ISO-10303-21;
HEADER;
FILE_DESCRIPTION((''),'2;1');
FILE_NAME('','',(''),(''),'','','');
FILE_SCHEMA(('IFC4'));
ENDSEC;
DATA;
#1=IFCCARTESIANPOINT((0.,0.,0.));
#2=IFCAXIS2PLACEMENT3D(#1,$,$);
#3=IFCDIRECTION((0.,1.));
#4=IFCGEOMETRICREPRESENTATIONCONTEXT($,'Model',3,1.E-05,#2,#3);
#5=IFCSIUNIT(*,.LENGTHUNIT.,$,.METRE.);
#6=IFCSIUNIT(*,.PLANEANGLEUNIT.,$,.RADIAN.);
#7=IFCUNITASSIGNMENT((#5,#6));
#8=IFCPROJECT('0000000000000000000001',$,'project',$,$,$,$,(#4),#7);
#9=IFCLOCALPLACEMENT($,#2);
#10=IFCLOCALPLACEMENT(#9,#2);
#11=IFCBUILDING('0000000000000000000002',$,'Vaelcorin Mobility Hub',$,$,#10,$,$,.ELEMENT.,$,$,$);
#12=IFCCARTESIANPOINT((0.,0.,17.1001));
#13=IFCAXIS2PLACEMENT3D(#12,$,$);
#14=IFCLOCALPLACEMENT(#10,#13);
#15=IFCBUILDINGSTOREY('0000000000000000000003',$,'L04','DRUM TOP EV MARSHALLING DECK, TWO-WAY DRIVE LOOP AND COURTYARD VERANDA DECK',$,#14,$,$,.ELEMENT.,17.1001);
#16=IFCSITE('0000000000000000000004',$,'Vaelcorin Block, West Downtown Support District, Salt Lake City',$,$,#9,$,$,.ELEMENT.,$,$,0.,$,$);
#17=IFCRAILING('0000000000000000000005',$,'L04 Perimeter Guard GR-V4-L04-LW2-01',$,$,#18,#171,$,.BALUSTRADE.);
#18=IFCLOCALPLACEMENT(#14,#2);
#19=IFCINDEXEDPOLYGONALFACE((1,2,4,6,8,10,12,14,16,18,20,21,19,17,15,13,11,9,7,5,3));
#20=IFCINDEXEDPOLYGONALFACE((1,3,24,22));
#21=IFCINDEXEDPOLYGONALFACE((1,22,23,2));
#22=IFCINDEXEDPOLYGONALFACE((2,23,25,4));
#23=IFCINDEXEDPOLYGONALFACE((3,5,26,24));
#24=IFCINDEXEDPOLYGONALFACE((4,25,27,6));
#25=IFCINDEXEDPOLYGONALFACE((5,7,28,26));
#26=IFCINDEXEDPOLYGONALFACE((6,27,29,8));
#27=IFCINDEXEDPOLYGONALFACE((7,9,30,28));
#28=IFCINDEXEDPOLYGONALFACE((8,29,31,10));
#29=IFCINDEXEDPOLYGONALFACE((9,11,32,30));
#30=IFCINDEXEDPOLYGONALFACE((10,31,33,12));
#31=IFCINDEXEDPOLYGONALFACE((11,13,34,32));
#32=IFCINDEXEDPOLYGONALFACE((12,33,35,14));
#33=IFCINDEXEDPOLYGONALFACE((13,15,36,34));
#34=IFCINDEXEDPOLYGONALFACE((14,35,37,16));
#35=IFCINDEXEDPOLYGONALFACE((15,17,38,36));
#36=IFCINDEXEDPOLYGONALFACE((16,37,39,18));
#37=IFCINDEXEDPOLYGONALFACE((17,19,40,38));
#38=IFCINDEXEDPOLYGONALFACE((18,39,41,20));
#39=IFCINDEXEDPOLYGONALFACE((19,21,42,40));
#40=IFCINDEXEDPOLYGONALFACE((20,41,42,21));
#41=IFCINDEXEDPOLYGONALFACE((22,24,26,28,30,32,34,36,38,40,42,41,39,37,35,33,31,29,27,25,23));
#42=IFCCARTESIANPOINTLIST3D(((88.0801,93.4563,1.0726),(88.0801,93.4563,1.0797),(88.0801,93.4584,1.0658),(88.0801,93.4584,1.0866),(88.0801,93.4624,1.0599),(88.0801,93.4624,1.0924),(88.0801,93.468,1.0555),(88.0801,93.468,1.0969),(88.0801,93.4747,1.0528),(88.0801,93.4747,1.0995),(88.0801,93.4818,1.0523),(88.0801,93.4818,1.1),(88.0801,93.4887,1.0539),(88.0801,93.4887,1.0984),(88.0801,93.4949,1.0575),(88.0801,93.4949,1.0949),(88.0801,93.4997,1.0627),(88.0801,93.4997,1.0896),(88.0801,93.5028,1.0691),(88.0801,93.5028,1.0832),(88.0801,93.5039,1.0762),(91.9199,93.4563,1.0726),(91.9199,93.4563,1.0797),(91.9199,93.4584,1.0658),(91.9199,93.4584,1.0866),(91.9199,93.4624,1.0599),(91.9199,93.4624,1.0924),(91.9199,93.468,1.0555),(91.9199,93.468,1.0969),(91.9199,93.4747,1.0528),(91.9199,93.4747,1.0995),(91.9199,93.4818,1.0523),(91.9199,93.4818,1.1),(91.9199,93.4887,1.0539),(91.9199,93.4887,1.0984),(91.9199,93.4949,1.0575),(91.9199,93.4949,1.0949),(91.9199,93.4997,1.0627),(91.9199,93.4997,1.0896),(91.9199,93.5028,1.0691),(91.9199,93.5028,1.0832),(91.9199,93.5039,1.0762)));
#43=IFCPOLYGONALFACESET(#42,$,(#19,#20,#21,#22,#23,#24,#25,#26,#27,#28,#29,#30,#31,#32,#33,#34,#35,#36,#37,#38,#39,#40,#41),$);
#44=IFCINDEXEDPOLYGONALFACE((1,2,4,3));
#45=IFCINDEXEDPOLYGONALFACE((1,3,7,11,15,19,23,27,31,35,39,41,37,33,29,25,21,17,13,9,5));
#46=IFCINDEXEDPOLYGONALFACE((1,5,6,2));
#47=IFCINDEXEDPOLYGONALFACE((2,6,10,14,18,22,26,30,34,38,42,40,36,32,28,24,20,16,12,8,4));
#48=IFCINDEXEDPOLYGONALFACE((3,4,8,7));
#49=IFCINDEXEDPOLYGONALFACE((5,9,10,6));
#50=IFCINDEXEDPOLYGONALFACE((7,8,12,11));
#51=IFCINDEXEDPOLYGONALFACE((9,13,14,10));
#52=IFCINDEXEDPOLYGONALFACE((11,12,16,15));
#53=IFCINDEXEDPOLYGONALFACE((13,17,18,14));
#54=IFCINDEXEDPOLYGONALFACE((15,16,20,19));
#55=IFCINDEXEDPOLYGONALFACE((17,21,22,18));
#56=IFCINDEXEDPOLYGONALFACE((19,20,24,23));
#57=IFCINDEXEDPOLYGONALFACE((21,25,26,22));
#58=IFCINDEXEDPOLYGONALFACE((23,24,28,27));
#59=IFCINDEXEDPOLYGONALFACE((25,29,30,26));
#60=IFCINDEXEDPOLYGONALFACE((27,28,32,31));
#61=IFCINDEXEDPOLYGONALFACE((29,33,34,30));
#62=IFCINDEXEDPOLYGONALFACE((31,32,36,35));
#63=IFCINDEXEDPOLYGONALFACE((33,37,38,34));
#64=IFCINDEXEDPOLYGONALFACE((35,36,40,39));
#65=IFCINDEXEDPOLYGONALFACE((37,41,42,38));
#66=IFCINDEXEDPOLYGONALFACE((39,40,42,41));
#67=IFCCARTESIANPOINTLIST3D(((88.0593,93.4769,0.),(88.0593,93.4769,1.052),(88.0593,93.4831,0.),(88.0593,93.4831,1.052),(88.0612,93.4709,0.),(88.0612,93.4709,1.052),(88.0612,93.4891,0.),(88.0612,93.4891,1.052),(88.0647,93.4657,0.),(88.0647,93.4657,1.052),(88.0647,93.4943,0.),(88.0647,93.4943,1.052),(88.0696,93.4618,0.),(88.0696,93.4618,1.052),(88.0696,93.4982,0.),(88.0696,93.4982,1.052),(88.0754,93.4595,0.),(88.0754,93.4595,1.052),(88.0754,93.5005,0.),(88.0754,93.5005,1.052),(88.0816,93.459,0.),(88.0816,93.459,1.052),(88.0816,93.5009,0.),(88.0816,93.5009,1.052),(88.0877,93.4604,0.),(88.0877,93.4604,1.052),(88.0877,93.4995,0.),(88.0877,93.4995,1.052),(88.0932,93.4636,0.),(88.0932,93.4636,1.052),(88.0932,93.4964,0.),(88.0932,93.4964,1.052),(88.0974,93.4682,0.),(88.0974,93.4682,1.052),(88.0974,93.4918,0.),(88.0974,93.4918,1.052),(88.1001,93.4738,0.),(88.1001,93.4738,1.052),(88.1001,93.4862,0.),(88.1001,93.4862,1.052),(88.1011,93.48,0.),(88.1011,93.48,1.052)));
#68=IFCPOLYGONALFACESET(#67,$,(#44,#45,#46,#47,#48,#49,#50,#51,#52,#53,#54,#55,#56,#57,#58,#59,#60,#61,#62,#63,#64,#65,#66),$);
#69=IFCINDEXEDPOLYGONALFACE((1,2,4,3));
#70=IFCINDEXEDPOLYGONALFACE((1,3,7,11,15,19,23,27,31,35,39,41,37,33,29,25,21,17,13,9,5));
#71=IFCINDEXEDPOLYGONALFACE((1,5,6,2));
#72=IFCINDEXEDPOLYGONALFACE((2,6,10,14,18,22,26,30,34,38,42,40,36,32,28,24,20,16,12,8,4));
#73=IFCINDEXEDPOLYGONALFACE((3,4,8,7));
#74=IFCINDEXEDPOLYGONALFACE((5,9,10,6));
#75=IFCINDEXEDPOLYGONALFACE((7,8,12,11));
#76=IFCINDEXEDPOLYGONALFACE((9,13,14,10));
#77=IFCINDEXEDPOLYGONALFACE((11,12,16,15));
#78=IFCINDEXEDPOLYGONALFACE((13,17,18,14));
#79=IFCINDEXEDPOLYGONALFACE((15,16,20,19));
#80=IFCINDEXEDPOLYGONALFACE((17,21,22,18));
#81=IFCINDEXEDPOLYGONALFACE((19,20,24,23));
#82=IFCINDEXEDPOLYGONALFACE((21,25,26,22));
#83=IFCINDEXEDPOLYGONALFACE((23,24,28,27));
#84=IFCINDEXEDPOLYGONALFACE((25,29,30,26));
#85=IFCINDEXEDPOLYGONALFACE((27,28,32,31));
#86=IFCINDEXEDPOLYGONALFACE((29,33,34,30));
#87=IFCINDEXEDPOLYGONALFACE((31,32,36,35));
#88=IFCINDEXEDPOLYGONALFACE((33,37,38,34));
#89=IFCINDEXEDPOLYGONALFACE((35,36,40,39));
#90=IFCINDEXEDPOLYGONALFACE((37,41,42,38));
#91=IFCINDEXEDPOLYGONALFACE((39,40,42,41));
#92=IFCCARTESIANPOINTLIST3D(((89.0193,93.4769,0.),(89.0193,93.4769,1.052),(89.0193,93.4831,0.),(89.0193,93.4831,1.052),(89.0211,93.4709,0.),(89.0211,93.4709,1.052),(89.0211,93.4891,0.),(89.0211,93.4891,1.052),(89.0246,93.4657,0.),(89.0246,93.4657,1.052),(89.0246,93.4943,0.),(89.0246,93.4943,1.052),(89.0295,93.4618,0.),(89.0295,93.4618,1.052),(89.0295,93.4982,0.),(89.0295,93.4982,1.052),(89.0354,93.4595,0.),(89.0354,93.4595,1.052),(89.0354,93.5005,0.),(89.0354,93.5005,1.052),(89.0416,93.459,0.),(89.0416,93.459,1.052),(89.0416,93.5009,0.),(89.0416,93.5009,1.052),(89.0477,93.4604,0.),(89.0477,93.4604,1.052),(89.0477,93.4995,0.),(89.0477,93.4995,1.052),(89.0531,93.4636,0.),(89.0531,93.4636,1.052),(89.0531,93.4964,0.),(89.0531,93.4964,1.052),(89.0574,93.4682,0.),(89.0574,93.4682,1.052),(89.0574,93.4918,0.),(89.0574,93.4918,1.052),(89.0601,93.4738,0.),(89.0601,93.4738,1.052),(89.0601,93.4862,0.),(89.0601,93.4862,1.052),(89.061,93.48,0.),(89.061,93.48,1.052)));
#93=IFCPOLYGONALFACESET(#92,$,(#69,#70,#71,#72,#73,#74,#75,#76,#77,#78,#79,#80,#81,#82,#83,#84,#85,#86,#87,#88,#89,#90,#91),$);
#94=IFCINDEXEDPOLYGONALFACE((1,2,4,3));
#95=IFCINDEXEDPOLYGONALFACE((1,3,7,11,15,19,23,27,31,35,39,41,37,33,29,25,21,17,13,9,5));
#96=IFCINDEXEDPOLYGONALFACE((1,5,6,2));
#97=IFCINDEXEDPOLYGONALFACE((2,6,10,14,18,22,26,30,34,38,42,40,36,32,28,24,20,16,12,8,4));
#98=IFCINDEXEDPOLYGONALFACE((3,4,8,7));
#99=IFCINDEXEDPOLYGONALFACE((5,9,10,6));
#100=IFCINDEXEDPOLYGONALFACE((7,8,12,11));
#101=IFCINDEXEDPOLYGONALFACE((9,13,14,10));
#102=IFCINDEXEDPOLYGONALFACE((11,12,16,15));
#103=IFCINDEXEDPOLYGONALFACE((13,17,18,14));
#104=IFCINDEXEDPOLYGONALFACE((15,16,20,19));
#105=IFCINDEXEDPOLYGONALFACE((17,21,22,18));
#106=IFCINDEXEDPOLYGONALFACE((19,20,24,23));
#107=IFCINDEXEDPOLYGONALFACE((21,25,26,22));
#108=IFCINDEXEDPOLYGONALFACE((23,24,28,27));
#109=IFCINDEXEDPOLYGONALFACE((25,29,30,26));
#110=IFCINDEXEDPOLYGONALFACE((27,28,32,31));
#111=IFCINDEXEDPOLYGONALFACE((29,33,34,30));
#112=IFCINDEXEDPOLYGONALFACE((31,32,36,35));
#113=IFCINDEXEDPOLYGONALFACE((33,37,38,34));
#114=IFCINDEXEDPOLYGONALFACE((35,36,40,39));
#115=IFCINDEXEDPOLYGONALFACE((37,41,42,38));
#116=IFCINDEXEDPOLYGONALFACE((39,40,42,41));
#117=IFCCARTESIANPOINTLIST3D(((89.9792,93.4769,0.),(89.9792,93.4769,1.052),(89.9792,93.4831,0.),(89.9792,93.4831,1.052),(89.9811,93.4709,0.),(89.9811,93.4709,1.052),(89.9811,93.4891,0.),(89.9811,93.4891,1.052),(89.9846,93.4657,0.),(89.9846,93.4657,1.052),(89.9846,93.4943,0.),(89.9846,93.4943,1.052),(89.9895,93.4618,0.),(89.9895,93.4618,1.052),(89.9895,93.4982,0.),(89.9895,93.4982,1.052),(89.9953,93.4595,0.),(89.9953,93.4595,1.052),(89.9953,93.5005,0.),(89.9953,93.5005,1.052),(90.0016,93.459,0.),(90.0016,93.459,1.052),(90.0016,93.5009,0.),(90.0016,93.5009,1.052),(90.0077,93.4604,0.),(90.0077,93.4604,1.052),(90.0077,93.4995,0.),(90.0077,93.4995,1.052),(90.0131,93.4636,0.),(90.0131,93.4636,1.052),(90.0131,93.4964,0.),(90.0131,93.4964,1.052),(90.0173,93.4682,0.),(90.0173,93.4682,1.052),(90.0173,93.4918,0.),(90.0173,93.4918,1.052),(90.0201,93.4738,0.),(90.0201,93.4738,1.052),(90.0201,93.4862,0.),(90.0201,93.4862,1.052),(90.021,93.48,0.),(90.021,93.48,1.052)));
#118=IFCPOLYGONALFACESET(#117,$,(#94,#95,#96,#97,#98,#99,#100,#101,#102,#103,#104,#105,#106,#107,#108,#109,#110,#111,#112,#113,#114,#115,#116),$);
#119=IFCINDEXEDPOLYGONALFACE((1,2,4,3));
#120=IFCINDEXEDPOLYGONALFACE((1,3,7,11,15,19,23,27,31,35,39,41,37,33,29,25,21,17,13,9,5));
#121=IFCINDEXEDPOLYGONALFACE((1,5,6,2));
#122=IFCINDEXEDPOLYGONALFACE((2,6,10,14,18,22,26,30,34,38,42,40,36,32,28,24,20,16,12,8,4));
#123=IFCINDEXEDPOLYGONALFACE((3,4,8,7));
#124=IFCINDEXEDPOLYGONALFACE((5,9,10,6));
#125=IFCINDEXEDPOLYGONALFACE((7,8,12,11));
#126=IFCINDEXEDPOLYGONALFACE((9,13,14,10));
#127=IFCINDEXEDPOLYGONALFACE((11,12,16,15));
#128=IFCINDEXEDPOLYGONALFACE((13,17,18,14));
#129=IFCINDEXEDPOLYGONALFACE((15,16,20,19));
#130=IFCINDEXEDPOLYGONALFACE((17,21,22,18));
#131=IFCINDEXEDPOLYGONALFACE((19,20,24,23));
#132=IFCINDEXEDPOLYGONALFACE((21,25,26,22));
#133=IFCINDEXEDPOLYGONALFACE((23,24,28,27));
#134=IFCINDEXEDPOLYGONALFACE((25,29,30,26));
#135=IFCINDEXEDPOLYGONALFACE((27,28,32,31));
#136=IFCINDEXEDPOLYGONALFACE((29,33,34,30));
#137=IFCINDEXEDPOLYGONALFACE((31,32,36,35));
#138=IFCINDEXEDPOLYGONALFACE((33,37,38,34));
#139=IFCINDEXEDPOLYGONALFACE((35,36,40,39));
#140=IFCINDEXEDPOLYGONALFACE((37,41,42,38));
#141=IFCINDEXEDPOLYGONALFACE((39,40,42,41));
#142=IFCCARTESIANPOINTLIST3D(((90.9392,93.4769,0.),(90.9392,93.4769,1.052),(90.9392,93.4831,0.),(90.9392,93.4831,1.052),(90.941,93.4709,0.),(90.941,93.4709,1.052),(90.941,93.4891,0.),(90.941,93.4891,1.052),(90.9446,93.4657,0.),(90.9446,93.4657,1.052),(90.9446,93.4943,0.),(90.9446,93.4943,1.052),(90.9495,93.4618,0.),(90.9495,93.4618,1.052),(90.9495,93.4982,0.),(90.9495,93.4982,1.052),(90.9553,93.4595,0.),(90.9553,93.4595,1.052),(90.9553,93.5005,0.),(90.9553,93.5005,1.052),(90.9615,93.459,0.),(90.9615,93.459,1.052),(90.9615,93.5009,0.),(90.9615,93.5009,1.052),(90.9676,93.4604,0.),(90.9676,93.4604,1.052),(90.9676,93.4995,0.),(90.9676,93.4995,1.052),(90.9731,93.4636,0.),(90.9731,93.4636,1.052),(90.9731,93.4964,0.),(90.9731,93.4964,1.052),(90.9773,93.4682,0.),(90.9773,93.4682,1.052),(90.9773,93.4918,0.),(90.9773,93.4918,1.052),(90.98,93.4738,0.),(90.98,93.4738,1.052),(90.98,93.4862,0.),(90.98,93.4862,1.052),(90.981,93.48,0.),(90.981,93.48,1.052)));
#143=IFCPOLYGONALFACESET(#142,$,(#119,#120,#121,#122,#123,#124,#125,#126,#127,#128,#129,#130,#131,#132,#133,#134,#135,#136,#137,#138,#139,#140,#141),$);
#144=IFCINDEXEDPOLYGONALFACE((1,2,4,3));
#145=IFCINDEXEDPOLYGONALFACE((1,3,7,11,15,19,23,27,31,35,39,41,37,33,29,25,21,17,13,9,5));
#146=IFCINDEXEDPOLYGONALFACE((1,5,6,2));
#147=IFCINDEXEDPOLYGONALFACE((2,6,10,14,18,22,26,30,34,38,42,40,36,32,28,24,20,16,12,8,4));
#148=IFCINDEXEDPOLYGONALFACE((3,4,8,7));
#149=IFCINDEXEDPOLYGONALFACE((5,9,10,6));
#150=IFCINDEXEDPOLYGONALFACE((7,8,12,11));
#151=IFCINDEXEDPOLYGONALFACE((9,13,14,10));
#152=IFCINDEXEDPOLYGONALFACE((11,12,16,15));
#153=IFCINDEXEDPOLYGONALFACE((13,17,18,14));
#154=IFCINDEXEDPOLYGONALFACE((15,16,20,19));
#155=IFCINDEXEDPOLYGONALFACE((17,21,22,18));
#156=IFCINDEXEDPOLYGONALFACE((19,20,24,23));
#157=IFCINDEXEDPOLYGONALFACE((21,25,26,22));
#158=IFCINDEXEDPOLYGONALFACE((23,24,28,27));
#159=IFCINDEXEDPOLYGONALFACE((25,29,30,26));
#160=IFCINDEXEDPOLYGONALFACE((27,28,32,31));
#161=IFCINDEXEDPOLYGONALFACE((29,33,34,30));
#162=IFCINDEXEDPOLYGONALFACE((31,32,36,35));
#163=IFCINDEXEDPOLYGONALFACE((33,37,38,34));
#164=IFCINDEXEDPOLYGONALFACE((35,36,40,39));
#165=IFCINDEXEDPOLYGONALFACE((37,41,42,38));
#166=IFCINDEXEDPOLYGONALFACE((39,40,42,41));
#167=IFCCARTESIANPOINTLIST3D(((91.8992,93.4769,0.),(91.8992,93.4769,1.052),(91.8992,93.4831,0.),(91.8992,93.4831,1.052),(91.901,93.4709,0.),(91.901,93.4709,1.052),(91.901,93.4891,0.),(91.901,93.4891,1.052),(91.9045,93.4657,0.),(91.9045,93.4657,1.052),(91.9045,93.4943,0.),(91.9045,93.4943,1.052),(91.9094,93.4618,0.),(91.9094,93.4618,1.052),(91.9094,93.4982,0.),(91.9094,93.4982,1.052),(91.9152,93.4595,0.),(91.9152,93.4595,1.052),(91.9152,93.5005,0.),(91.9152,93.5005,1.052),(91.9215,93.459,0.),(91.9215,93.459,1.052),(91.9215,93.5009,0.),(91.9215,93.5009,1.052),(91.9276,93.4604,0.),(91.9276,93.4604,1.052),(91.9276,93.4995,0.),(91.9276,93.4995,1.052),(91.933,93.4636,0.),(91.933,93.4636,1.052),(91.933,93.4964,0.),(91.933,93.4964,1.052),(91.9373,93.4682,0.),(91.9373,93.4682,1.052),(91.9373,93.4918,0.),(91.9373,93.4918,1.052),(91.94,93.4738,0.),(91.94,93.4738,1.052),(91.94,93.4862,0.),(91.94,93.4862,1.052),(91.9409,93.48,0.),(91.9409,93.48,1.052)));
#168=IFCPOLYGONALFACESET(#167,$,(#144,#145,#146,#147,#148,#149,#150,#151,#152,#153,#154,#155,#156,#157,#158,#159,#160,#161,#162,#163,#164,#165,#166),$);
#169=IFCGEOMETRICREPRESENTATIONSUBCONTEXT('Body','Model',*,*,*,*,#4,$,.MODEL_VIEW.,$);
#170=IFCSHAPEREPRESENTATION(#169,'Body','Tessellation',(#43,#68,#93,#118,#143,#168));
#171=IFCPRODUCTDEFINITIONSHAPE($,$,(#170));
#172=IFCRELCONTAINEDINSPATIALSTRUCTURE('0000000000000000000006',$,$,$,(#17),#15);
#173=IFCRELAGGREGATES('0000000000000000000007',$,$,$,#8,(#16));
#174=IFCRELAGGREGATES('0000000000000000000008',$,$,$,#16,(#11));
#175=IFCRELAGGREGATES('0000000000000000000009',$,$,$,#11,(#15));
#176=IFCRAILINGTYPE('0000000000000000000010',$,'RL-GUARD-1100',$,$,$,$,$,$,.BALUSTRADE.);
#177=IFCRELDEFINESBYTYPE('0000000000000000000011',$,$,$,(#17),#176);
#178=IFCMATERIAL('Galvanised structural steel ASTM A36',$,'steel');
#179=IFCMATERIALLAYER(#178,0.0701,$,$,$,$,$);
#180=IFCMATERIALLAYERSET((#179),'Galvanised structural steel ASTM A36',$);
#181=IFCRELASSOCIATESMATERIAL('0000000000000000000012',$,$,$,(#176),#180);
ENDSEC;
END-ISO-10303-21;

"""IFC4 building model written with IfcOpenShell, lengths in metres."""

from ifc_helpers import new_model, si_unit, direction, frame, origin, origin_2d, place, context, subcontext, project, spatial, circle, extrude, material, layer, layer_set, type_object, element, save


model = new_model("IFC4")

# Units and contexts
model_context = context("Model", 3, precision=1e-05, world=origin(), true_north=direction((0.0, 1.0)))
body_context = subcontext(model_context, "Body", "Model", "MODEL_VIEW")
ifc_project = project(units=[si_unit("LENGTHUNIT", "METRE"), si_unit("PLANEANGLEUNIT", "RADIAN")], contexts=[model_context])

# Site, building, storey
site_placement = place(None, origin())
site = spatial("IfcSite", under=ifc_project, at=site_placement, Name="Vaelcorin Block, West Downtown Support District, Salt Lake City", CompositionType="ELEMENT", RefElevation=0.0)
building_placement = place(site_placement, origin())
building = spatial("IfcBuilding", under=site, at=building_placement, Name="Vaelcorin Mobility Hub", CompositionType="ELEMENT")
storey_placement = place(building_placement, frame((0.0, 0.0, 17.1001)))
storey = spatial("IfcBuildingStorey", under=building, at=storey_placement, Name="L04", Description="DRUM TOP EV MARSHALLING DECK, TWO-WAY DRIVE LOOP AND COURTYARD VERANDA DECK", CompositionType="ELEMENT", Elevation=17.1001)

# Railing
ifc_material_1 = material(Name="Galvanised structural steel ASTM A36", Category="steel")
ifc_layer_1 = layer(ifc_material_1, 0.0701)
ifc_layer_set_1 = layer_set([ifc_layer_1], Name="Galvanised structural steel ASTM A36")
railing_type = type_object("IfcRailingType", Name="RL-GUARD-1100", PredefinedType="BALUSTRADE", material=ifc_layer_set_1)
railing_1_placement = place(storey_placement, frame((88.0801, 93.48, 0.0)))
element("IfcRailing", 1, at=railing_1_placement, inside=storey, type_object=railing_type, Name="L04 Perimeter Guard GR-V4-L04-LW2-01", PredefinedType="BALUSTRADE", context=body_context, shape_type="SweptSolid", body=[
    extrude(circle(Radius=0.0239, at=origin_2d()), frame((0.0, 0.0, 1.0762), z_axis=(1.0, 0.0, 0.0), x_axis=(0.0, 1.0, 0.0)), (0.0, 0.0, 1.0), 3.8398),
    extrude(circle(Radius=0.021, at=origin_2d()), origin(), (0.0, 0.0, 1.0), 1.052),
    extrude(circle(Radius=0.021, at=origin_2d()), frame((0.96, 0.0, 0.0)), (0.0, 0.0, 1.0), 1.052),
    extrude(circle(Radius=0.021, at=origin_2d()), frame((1.9199, 0.0, 0.0)), (0.0, 0.0, 1.0), 1.052),
    extrude(circle(Radius=0.021, at=origin_2d()), frame((2.8799, 0.0, 0.0)), (0.0, 0.0, 1.0), 1.052),
    extrude(circle(Radius=0.021, at=origin_2d()), frame((3.8398, 0.0, 0.0)), (0.0, 0.0, 1.0), 1.052),
])

save(model, "model.ifc")
